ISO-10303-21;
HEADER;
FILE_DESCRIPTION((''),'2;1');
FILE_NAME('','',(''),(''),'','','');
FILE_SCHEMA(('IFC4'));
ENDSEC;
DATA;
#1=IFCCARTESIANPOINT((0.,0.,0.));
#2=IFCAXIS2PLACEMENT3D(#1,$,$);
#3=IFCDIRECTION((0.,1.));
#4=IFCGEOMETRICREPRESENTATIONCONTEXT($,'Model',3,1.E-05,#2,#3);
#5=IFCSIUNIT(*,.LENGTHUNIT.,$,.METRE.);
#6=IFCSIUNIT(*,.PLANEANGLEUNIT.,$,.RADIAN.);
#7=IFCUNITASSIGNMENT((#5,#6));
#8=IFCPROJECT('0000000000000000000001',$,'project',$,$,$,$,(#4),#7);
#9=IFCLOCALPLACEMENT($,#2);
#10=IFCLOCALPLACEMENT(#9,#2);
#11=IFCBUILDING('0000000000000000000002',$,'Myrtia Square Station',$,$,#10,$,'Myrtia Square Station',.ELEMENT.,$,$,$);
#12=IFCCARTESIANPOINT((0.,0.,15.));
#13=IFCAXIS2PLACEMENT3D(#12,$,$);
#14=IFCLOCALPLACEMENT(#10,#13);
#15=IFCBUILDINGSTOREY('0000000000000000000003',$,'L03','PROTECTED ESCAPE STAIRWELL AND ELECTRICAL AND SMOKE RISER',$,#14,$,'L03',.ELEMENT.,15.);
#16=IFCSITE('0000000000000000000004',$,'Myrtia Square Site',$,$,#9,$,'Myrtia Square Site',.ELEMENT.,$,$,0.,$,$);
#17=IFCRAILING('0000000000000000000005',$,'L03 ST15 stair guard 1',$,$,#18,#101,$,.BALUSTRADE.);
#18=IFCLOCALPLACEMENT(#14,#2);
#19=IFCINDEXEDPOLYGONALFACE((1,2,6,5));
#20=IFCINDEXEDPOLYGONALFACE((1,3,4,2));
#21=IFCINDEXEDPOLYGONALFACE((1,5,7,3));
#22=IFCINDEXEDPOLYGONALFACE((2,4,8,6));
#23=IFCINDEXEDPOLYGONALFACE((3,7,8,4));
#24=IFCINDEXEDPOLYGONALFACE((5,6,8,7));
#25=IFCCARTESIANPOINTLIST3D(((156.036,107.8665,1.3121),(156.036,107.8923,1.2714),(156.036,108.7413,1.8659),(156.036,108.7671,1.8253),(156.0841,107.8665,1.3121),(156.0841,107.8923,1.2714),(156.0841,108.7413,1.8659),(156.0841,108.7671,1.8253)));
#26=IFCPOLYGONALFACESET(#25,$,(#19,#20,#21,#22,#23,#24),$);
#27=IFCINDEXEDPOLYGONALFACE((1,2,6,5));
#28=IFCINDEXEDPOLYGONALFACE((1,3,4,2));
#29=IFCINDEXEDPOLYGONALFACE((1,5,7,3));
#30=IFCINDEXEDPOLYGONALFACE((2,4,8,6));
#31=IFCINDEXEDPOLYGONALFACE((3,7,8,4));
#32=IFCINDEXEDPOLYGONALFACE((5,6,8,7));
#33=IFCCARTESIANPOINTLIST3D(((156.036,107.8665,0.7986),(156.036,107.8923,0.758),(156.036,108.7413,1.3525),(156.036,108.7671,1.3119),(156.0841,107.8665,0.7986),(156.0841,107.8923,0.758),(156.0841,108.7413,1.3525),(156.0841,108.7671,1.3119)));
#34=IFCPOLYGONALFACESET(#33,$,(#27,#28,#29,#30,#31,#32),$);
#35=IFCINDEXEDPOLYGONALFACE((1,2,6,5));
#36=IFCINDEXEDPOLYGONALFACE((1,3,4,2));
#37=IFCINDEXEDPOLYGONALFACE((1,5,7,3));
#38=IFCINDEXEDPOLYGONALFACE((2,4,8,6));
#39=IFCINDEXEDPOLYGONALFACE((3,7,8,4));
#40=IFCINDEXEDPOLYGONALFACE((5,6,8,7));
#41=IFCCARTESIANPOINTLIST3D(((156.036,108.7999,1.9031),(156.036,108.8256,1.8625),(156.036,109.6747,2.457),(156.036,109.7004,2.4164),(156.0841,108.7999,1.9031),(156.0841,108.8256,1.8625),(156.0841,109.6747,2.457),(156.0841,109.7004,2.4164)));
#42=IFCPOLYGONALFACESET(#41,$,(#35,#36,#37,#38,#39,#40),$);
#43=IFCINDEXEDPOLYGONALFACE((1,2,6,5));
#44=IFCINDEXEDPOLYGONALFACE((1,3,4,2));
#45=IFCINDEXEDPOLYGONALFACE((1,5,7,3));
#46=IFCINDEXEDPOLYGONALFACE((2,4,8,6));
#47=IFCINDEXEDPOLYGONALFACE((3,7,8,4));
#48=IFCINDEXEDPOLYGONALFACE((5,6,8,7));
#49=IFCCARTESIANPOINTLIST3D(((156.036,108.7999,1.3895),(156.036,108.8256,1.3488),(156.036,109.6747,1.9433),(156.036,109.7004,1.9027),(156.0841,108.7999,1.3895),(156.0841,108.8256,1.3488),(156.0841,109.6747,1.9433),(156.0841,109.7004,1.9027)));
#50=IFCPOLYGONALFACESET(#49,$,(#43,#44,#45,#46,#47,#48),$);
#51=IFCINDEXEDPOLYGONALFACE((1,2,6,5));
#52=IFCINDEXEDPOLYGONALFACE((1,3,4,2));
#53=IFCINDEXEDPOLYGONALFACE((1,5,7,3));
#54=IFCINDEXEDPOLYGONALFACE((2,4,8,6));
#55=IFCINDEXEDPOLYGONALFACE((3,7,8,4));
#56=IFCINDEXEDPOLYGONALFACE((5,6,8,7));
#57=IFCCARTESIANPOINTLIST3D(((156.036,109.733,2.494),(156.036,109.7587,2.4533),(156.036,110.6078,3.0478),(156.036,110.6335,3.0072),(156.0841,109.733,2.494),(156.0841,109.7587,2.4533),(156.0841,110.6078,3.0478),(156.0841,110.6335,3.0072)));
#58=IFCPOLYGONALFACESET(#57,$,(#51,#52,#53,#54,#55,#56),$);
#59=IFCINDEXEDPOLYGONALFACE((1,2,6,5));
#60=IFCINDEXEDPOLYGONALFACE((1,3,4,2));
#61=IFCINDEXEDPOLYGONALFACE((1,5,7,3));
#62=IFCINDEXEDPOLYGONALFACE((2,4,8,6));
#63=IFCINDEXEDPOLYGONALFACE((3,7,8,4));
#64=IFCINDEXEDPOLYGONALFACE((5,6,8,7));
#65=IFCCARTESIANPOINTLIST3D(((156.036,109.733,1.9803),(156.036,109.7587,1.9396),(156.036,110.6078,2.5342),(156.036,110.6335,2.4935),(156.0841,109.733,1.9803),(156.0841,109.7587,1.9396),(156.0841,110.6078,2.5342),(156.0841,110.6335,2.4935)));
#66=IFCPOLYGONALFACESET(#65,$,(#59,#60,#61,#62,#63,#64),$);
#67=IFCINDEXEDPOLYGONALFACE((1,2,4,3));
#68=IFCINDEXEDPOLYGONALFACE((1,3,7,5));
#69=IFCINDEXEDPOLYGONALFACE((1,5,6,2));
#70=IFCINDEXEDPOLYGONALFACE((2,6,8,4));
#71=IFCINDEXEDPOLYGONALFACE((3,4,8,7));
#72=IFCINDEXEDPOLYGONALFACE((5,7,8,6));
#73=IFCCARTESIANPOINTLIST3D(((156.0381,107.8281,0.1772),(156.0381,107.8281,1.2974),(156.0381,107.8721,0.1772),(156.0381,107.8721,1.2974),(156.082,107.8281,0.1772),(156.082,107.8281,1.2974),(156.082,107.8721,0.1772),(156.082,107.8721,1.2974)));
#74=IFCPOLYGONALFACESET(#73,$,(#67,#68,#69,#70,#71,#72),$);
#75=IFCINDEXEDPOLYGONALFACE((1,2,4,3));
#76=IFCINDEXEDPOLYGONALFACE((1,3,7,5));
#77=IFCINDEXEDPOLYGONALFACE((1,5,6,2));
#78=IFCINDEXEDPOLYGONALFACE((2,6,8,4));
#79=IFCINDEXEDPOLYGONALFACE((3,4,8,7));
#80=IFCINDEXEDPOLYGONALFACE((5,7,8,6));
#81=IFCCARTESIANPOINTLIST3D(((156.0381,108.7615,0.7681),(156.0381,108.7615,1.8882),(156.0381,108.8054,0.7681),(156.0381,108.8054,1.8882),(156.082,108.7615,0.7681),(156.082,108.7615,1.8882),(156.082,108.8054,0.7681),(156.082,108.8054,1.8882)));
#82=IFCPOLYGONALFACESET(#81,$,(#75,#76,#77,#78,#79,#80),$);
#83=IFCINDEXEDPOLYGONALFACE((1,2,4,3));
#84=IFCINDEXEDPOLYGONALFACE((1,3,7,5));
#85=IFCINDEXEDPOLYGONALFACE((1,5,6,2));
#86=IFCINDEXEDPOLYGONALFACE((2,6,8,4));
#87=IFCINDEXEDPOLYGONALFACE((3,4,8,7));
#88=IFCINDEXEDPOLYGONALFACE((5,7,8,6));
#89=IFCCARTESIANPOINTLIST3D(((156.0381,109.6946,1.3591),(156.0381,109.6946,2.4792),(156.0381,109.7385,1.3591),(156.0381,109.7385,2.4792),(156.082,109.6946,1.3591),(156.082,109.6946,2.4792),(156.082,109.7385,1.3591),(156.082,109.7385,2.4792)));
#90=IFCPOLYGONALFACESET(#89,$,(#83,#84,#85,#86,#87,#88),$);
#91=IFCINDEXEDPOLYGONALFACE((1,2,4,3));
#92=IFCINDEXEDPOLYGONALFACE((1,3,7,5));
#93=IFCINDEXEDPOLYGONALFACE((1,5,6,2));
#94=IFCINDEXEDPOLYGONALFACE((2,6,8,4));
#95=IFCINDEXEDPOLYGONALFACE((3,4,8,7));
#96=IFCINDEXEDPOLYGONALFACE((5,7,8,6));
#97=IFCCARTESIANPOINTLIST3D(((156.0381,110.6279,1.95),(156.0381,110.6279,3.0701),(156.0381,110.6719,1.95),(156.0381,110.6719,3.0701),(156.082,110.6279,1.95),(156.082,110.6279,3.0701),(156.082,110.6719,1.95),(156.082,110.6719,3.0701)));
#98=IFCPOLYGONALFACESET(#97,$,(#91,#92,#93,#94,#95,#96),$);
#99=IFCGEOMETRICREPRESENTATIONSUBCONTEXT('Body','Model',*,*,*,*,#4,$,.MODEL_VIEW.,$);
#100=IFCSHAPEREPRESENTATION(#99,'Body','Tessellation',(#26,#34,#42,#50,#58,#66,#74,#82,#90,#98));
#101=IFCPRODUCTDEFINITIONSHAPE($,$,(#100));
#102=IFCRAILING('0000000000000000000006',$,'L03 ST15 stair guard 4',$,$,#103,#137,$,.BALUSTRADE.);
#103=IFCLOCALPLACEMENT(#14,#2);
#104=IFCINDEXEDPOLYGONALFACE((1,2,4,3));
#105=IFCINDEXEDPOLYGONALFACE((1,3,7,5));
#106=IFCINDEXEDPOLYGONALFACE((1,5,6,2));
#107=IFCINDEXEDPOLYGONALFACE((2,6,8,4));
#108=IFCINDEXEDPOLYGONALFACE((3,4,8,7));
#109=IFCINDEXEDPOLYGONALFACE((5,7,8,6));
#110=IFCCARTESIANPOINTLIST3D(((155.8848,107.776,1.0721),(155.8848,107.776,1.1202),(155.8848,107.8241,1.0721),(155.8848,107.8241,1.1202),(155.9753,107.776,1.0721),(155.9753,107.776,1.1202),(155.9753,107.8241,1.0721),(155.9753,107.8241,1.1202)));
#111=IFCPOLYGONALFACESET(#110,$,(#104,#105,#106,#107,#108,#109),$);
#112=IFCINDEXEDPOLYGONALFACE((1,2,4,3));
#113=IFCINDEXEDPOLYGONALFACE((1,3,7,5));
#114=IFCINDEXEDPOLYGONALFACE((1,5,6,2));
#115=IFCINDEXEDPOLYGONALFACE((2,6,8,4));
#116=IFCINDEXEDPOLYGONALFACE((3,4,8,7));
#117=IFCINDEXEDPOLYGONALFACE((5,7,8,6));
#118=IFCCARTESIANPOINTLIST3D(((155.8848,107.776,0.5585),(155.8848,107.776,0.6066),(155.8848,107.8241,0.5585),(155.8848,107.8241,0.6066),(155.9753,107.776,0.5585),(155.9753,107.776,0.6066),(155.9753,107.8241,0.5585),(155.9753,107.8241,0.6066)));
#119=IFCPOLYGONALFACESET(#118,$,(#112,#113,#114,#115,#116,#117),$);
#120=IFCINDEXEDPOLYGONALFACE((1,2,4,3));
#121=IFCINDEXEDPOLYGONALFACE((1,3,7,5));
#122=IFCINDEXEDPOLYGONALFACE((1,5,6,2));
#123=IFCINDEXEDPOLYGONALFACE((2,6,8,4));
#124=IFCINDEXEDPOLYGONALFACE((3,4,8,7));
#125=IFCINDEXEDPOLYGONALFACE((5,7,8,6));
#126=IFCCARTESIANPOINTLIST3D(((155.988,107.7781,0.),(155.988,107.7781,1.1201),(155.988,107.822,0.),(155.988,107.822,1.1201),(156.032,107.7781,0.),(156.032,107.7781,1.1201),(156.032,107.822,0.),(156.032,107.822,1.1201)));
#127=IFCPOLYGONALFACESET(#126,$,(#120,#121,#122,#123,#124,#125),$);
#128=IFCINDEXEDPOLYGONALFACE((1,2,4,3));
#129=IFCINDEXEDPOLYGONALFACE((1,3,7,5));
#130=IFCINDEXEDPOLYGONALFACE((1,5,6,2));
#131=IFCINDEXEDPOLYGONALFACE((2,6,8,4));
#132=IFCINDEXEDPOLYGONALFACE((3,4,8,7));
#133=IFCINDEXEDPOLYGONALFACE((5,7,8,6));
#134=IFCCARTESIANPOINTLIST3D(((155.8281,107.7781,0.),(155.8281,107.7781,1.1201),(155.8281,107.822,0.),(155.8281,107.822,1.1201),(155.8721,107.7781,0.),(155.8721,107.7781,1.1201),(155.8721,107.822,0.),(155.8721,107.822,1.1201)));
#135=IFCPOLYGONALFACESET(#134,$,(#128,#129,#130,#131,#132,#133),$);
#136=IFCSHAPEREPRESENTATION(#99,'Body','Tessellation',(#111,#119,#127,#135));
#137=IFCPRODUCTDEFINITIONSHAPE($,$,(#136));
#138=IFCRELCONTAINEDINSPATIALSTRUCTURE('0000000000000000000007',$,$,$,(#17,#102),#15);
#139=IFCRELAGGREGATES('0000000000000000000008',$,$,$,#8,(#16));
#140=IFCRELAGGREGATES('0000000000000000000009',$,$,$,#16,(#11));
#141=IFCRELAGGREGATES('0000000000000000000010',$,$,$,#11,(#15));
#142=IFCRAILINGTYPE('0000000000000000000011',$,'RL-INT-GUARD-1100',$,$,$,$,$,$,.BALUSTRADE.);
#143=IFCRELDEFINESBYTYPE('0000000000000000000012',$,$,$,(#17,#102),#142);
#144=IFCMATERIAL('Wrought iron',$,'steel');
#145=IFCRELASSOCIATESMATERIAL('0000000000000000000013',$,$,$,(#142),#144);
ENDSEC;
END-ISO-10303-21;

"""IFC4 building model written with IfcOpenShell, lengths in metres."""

from ifc_helpers import new_model, si_unit, direction, frame, origin, origin_2d, place, context, subcontext, project, spatial, rectangle, extrude, material, type_object, element, save


model = new_model("IFC4")

# Units and contexts
model_context = context("Model", 3, precision=1e-05, world=origin(), true_north=direction((0.0, 1.0)))
body_context = subcontext(model_context, "Body", "Model", "MODEL_VIEW")
ifc_project = project(units=[si_unit("LENGTHUNIT", "METRE"), si_unit("PLANEANGLEUNIT", "RADIAN")], contexts=[model_context])

# Site, building, storey
site_placement = place(None, origin())
site = spatial("IfcSite", under=ifc_project, at=site_placement, Name="Myrtia Square Site", LongName="Myrtia Square Site", CompositionType="ELEMENT", RefElevation=0.0)
building_placement = place(site_placement, origin())
building = spatial("IfcBuilding", under=site, at=building_placement, Name="Myrtia Square Station", LongName="Myrtia Square Station", CompositionType="ELEMENT")
storey_placement = place(building_placement, frame((0.0, 0.0, 15.0)))
storey = spatial("IfcBuildingStorey", under=building, at=storey_placement, Name="L03", Description="PROTECTED ESCAPE STAIRWELL AND ELECTRICAL AND SMOKE RISER", LongName="L03", CompositionType="ELEMENT", Elevation=15.0)

# Railings
ifc_material_1 = material(Name="Wrought iron", Category="steel")
railing_type_1 = type_object("IfcRailingType", Name="RL-INT-GUARD-1100", PredefinedType="BALUSTRADE", material=ifc_material_1)
railing_1_placement = place(storey_placement, frame((156.0601, 107.8501, 0.1772)))
element("IfcRailing", 1, at=railing_1_placement, inside=storey, type_object=railing_type_1, Name="L03 ST15 stair guard 1", PredefinedType="BALUSTRADE", context=body_context, shape_type="SweptSolid", body=[
    extrude(rectangle(XDim=0.0481, YDim=0.0481, at=origin_2d()), frame((0.0, 0.0293, 1.1145), z_axis=(0.0, 0.844888, 0.534943), x_axis=(-1.0, 0.0, 0.0)), (0.0, 0.0, 1.0), 1.0354),
    extrude(rectangle(XDim=0.0481, YDim=0.0481, at=origin_2d()), frame((0.0, 0.0293, 0.6011), z_axis=(0.0, 0.844888, 0.534943), x_axis=(-1.0, 0.0, 0.0)), (0.0, 0.0, 1.0), 1.0354),
    extrude(rectangle(XDim=0.0481, YDim=0.0481, at=origin_2d()), frame((0.0, 0.9626, 1.7056), z_axis=(0.0, 0.844888, 0.534943), x_axis=(-1.0, 0.0, 0.0)), (0.0, 0.0, 1.0), 1.0354),
    extrude(rectangle(XDim=0.0481, YDim=0.0481, at=origin_2d()), frame((0.0, 0.9626, 1.1919), z_axis=(0.0, 0.844888, 0.534943), x_axis=(-1.0, 0.0, 0.0)), (0.0, 0.0, 1.0), 1.0354),
    extrude(rectangle(XDim=0.0481, YDim=0.0481, at=origin_2d()), frame((0.0, 1.8958, 2.2964), z_axis=(0.0, 0.844888, 0.534943), x_axis=(-1.0, 0.0, 0.0)), (0.0, 0.0, 1.0), 1.0354),
    extrude(rectangle(XDim=0.0481, YDim=0.0481, at=origin_2d()), frame((0.0, 1.8958, 1.7827), z_axis=(0.0, 0.844888, 0.534943), x_axis=(-1.0, 0.0, 0.0)), (0.0, 0.0, 1.0), 1.0354),
    extrude(rectangle(XDim=0.0439, YDim=0.0439, at=origin_2d()), origin(), (0.0, 0.0, 1.0), 1.1201),
    extrude(rectangle(XDim=0.0439, YDim=0.0439, at=origin_2d()), frame((0.0, 0.9333, 0.5908)), (0.0, 0.0, 1.0), 1.1201),
    extrude(rectangle(XDim=0.0439, YDim=0.0439, at=origin_2d()), frame((0.0, 1.8665, 1.1819)), (0.0, 0.0, 1.0), 1.1201),
    extrude(rectangle(XDim=0.0439, YDim=0.0439, at=origin_2d()), frame((0.0, 2.7998, 1.7727)), (0.0, 0.0, 1.0), 1.1201),
])
railing_2_placement = place(storey_placement, frame((156.01, 107.8, 0.0)))
element("IfcRailing", 2, at=railing_2_placement, inside=storey, type_object=railing_type_1, Name="L03 ST15 stair guard 4", PredefinedType="BALUSTRADE", context=body_context, shape_type="SweptSolid", body=[
    extrude(rectangle(XDim=0.0481, YDim=0.0481, at=origin_2d()), frame((-0.0347, 0.0, 1.0962), z_axis=(-1.0, 0.0, 0.0), x_axis=(0.0, -1.0, 0.0)), (0.0, 0.0, 1.0), 0.0906),
    extrude(rectangle(XDim=0.0481, YDim=0.0481, at=origin_2d()), frame((-0.0347, 0.0, 0.5825), z_axis=(-1.0, 0.0, 0.0), x_axis=(0.0, -1.0, 0.0)), (0.0, 0.0, 1.0), 0.0906),
    extrude(rectangle(XDim=0.0439, YDim=0.0439, at=origin_2d()), origin(), (0.0, 0.0, 1.0), 1.1201),
    extrude(rectangle(XDim=0.0439, YDim=0.0439, at=origin_2d()), frame((-0.1599, 0.0, 0.0)), (0.0, 0.0, 1.0), 1.1201),
])

save(model, "model.ifc")
